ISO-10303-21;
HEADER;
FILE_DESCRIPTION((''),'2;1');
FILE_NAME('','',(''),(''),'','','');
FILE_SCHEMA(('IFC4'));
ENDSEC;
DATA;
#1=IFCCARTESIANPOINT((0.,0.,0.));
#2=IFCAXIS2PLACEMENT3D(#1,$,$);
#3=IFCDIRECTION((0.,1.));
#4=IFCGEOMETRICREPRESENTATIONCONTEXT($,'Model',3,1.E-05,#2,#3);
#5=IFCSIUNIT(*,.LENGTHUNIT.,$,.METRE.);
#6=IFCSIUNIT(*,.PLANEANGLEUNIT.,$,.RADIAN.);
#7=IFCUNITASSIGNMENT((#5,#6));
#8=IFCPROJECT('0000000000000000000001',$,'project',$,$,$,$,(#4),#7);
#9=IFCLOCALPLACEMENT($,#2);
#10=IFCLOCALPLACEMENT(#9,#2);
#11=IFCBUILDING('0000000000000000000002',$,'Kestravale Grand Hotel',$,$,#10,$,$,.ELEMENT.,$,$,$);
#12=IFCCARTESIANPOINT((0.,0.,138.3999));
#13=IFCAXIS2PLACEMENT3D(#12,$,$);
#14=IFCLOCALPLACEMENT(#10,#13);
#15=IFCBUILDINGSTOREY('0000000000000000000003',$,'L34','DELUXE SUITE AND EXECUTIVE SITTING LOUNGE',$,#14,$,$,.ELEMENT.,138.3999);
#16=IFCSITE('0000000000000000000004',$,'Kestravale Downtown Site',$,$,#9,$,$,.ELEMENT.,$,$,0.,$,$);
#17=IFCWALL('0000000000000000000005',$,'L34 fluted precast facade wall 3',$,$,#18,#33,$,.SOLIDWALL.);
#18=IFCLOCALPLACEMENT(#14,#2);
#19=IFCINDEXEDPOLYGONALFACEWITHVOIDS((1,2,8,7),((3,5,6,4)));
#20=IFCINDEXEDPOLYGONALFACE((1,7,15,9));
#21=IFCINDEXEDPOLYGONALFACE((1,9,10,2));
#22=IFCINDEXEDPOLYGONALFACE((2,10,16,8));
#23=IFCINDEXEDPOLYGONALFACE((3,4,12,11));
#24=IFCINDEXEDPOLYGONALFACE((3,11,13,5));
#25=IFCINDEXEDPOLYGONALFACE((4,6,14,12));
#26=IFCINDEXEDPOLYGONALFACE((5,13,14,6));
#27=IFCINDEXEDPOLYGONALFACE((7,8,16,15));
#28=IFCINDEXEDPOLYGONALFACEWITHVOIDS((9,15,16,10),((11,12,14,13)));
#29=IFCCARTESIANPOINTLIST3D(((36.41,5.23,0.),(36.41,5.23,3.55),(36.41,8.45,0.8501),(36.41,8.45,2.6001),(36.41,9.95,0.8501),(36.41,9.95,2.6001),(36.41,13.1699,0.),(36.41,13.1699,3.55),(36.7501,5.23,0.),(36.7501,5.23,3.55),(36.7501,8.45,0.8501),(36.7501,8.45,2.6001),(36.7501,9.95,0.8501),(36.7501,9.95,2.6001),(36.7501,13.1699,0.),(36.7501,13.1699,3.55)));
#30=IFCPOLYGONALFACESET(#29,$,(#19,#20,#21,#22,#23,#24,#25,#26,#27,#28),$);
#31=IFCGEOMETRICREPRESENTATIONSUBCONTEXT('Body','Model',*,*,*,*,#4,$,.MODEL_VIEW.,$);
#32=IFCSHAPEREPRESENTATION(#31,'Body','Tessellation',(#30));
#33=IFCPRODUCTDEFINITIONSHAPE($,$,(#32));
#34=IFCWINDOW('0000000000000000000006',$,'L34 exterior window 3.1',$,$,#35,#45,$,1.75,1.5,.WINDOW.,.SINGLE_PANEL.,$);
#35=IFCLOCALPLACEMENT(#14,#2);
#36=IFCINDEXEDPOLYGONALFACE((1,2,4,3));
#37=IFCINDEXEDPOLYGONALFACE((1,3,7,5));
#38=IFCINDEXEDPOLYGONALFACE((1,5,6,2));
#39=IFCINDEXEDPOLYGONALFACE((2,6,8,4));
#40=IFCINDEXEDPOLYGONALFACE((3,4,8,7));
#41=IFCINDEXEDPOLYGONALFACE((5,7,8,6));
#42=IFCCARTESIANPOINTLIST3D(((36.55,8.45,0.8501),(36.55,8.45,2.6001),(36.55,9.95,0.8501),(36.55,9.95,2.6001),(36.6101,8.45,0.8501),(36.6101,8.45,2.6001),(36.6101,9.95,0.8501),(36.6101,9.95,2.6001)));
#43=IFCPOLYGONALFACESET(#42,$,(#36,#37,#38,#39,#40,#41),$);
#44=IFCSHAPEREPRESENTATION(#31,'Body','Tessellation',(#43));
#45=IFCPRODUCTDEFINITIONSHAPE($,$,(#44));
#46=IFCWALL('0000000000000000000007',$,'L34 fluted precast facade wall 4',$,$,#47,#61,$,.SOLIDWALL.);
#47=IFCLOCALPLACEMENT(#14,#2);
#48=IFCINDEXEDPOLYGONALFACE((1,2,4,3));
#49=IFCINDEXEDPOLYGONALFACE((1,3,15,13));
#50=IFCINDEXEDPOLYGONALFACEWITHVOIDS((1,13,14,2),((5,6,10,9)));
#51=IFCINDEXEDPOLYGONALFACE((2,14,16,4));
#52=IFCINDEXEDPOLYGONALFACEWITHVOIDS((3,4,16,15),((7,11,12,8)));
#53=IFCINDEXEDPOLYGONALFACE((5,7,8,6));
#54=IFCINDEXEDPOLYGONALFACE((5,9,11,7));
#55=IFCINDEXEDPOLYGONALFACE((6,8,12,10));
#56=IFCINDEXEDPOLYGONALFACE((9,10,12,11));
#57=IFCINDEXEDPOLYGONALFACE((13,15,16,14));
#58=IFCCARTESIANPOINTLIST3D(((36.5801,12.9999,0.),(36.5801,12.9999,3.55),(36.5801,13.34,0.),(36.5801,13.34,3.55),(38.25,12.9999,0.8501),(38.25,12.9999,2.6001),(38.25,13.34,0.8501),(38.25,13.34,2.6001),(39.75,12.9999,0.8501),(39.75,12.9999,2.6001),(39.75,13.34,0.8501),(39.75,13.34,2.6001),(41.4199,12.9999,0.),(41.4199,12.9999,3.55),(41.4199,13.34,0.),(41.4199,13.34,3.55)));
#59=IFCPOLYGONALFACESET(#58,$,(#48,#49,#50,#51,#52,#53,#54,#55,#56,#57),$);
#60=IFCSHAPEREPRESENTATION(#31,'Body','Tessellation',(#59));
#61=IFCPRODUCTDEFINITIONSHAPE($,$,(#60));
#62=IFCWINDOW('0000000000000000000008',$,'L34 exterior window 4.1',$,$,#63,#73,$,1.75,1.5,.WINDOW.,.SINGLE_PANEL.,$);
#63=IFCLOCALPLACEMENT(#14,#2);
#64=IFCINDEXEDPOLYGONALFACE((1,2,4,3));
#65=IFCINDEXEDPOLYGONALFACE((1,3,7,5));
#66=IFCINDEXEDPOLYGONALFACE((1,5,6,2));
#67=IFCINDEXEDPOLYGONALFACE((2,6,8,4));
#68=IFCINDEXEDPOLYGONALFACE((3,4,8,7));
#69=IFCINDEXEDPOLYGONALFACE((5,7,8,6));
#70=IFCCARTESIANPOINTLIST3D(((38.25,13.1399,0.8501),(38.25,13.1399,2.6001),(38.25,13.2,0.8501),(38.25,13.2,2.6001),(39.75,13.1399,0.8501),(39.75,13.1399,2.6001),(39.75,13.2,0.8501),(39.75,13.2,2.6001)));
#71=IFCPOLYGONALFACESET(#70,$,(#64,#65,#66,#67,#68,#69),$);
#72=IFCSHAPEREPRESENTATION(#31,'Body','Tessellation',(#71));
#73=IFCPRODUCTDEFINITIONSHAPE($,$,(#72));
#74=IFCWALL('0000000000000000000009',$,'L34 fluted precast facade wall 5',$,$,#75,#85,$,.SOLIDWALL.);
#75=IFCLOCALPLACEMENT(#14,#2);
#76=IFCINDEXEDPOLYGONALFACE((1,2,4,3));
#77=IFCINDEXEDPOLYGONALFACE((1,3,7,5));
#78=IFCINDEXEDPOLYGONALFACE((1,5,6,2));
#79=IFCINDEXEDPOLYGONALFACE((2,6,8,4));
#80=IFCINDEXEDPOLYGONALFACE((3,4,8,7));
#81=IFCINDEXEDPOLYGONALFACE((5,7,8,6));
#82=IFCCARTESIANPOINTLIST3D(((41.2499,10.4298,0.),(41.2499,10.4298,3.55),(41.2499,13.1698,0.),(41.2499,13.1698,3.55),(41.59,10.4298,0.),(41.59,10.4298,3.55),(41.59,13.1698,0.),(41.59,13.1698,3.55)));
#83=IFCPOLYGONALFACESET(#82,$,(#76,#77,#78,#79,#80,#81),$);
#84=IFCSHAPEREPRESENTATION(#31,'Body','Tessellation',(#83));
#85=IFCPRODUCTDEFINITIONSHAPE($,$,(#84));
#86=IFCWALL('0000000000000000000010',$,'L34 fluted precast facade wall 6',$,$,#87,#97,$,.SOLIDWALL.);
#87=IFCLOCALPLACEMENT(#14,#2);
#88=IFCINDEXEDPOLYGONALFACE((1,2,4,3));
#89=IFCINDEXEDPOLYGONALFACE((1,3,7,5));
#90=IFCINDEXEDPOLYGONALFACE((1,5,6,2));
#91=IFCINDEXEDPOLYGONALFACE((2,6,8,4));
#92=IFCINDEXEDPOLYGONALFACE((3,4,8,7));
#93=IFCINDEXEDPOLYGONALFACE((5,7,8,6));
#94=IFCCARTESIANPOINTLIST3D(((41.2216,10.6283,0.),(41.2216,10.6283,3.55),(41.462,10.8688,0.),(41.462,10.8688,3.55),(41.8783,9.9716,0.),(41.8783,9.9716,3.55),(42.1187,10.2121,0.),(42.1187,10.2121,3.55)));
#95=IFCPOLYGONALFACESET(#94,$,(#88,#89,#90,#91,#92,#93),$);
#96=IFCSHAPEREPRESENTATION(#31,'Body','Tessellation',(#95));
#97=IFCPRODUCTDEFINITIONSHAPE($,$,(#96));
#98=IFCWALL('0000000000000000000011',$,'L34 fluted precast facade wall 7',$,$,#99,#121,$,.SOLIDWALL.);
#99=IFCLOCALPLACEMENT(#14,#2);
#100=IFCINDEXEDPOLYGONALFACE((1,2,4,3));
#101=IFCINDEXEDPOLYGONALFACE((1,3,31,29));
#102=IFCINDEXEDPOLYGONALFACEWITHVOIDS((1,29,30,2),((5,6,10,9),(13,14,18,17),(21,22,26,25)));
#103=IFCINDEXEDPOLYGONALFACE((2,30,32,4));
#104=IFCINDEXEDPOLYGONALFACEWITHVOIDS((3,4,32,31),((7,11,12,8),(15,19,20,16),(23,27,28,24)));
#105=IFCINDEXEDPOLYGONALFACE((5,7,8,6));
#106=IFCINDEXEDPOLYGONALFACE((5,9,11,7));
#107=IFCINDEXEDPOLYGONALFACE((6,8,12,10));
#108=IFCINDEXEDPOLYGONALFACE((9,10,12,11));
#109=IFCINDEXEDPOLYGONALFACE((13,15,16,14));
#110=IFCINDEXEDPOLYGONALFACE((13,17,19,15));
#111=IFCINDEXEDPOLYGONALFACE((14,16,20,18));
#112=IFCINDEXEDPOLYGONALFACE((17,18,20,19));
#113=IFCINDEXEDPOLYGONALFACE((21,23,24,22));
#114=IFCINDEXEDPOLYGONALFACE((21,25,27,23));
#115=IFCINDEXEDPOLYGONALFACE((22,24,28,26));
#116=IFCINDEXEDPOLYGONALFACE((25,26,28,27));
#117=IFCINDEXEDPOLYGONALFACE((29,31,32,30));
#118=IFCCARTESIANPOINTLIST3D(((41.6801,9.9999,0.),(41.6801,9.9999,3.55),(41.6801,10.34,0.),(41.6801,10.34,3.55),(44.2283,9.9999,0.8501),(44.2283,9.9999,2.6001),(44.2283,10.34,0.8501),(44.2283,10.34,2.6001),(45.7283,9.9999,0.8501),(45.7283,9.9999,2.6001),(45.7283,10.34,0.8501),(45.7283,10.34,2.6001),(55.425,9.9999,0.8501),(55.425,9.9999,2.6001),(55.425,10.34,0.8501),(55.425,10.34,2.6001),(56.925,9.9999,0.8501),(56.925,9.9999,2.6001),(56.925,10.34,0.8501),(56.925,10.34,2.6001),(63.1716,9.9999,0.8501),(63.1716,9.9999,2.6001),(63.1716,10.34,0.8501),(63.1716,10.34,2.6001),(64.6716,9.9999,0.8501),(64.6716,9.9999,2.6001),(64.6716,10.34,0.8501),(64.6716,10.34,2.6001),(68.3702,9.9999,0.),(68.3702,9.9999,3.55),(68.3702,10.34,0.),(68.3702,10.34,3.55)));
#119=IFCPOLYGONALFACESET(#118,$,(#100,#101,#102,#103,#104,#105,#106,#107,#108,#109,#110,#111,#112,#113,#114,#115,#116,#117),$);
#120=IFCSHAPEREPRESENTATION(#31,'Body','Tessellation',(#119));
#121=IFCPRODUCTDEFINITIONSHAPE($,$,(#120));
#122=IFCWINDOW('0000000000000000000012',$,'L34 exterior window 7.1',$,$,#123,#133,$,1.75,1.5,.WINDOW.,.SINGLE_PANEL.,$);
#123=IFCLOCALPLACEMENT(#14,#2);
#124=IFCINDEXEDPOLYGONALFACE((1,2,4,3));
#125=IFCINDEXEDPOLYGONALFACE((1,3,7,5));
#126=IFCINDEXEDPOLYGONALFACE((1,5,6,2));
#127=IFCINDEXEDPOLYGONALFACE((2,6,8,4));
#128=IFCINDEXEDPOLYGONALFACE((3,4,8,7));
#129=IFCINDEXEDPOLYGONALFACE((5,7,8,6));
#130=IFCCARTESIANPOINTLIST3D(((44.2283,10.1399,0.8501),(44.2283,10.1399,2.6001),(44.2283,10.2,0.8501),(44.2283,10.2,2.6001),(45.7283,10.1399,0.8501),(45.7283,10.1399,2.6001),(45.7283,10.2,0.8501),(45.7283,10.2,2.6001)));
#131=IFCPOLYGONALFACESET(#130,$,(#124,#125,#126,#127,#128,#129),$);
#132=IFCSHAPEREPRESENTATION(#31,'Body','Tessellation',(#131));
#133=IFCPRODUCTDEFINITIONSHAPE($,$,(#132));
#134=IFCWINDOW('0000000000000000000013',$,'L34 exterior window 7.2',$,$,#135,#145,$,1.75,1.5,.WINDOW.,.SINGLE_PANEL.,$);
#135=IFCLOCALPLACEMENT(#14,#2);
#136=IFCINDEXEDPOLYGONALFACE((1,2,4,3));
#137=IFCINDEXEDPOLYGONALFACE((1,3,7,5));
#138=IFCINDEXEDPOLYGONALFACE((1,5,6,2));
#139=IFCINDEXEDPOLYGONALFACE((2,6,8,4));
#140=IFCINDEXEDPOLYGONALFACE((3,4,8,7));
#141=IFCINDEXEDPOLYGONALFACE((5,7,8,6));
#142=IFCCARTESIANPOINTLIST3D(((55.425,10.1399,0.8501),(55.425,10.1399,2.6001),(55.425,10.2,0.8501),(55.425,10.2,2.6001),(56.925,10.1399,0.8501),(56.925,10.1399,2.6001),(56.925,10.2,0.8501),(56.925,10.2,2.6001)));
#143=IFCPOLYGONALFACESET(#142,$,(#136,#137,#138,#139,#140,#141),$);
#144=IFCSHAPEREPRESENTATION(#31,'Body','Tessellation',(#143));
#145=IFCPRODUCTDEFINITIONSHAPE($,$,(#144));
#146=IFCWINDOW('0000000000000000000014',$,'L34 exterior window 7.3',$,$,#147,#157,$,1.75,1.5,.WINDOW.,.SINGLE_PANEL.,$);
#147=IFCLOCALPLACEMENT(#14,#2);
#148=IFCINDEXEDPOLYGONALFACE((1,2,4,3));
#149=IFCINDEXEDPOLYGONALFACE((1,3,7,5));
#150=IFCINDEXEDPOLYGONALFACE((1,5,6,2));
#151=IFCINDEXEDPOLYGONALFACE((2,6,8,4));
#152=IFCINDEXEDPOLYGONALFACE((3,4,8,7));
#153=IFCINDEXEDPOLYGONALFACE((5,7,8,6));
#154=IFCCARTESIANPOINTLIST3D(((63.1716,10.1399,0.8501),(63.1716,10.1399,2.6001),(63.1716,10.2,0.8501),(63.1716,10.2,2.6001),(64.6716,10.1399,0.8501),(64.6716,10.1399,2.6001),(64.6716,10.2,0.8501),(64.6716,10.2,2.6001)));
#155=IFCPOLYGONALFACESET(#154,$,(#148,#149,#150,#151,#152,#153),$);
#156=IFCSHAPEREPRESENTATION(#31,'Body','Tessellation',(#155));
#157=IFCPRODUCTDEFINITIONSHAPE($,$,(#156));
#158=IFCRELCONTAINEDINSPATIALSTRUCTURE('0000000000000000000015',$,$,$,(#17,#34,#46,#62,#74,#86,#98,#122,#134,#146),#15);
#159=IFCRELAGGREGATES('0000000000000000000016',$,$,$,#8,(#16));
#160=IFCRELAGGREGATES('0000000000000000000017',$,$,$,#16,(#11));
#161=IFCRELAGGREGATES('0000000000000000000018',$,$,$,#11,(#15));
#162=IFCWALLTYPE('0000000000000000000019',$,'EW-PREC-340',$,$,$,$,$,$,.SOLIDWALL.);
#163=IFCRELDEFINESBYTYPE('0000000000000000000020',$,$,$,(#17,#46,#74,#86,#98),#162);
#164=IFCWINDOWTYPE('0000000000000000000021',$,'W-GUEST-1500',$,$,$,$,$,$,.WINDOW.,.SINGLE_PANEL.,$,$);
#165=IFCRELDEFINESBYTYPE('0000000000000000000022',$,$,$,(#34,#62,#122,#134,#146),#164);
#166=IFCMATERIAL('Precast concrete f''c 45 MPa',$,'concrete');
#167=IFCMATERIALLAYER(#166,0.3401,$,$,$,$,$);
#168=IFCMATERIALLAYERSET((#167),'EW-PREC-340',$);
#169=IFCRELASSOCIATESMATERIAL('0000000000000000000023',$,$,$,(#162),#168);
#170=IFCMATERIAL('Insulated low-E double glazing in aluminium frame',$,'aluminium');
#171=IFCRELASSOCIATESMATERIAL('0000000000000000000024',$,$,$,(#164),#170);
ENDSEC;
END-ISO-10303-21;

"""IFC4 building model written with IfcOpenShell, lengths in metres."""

from ifc_helpers import new_model, si_unit, direction, frame, frame_2d, origin, place, context, subcontext, project, spatial, rectangle, extrude, material, layer, layer_set, type_object, element, fill, save


model = new_model("IFC4")

# Units and contexts
model_context = context("Model", 3, precision=1e-05, world=origin(), true_north=direction((0.0, 1.0)))
body_context = subcontext(model_context, "Body", "Model", "MODEL_VIEW")
ifc_project = project(units=[si_unit("LENGTHUNIT", "METRE"), si_unit("PLANEANGLEUNIT", "RADIAN")], contexts=[model_context])

# Site, building, storey
site_placement = place(None, origin())
site = spatial("IfcSite", under=ifc_project, at=site_placement, Name="Kestravale Downtown Site", CompositionType="ELEMENT", RefElevation=0.0)
building_placement = place(site_placement, origin())
building = spatial("IfcBuilding", under=site, at=building_placement, Name="Kestravale Grand Hotel", CompositionType="ELEMENT")
storey_placement = place(building_placement, frame((0.0, 0.0, 138.3999)))
storey = spatial("IfcBuildingStorey", under=building, at=storey_placement, Name="L34", Description="DELUXE SUITE AND EXECUTIVE SITTING LOUNGE", CompositionType="ELEMENT", Elevation=138.3999)

# Shared definitions
ifc_material_1 = material(Name="Precast concrete f'c 45 MPa", Category="concrete")
ifc_layer_1 = layer(ifc_material_1, 0.3401)
ifc_layer_set_1 = layer_set([ifc_layer_1], Name="EW-PREC-340")
wall_type_1 = type_object("IfcWallType", Name="EW-PREC-340", PredefinedType="SOLIDWALL", material=ifc_layer_set_1)

# Walls, openings, windows
wall_1_placement = place(storey_placement, frame((36.5801, 5.23, 0.0), z_axis=(0.0, 0.0, 1.0), x_axis=(0.0, 1.0, 0.0)))
wall_1 = element("IfcWall", 1, at=wall_1_placement, inside=storey, type_object=wall_type_1, Name="L34 fluted precast facade wall 3", PredefinedType="SOLIDWALL", context=body_context, shape_type="SweptSolid", body=[
    extrude(rectangle(XDim=7.9399, YDim=0.3401, at=frame_2d((3.97, 0.0))), origin(), (0.0, 0.0, 1.0), 3.55),
])
opening_1_placement = place(wall_1_placement, frame((3.22, 0.0, 0.8501)))
opening_1 = element("IfcOpeningElement", 2, at=opening_1_placement, cuts=wall_1, PredefinedType="OPENING", context=body_context, shape_type="SweptSolid", body=[
    extrude(rectangle(XDim=1.5, YDim=1.75, at=frame_2d((0.75, 0.875))), frame((0.0, 0.1799, 0.0), z_axis=(0.0, -1.0, 0.0), x_axis=(1.0, 0.0, 0.0)), (0.0, 0.0, 1.0), 0.3601),
])
ifc_material_2 = material(Name="Insulated low-E double glazing in aluminium frame", Category="aluminium")
window_type = type_object("IfcWindowType", Name="W-GUEST-1500", PartitioningType="SINGLE_PANEL", PredefinedType="WINDOW", material=ifc_material_2)
window_1_placement = place(opening_1_placement, origin())
window_1 = element("IfcWindow", 3, at=window_1_placement, inside=storey, type_object=window_type, Name="L34 exterior window 3.1", OverallHeight=1.75, OverallWidth=1.5, PartitioningType="SINGLE_PANEL", PredefinedType="WINDOW", context=body_context, shape_type="SweptSolid", body=[
    extrude(rectangle(XDim=1.5, YDim=1.75, at=frame_2d((0.75, 0.875))), frame((0.0, 0.03, 0.0), z_axis=(0.0, -1.0, 0.0), x_axis=(1.0, 0.0, 0.0)), (0.0, 0.0, 1.0), 0.0601),
])
fill(opening_1, window_1)
wall_2_placement = place(storey_placement, frame((36.5801, 13.1699, 0.0), z_axis=(0.0, 0.0, 1.0), x_axis=(1.0, 0.0, 0.0)))
wall_2 = element("IfcWall", 4, at=wall_2_placement, inside=storey, type_object=wall_type_1, Name="L34 fluted precast facade wall 4", PredefinedType="SOLIDWALL", context=body_context, shape_type="SweptSolid", body=[
    extrude(rectangle(XDim=4.8398, YDim=0.3401, at=frame_2d((2.4199, 0.0))), origin(), (0.0, 0.0, 1.0), 3.55),
])
opening_2_placement = place(wall_2_placement, frame((1.6699, 0.0, 0.8501)))
opening_2 = element("IfcOpeningElement", 5, at=opening_2_placement, cuts=wall_2, PredefinedType="OPENING", context=body_context, shape_type="SweptSolid", body=[
    extrude(rectangle(XDim=1.5, YDim=1.75, at=frame_2d((0.75, 0.875))), frame((0.0, 0.1799, 0.0), z_axis=(0.0, -1.0, 0.0), x_axis=(1.0, 0.0, 0.0)), (0.0, 0.0, 1.0), 0.3601),
])
window_2_placement = place(opening_2_placement, origin())
window_2 = element("IfcWindow", 6, at=window_2_placement, inside=storey, type_object=window_type, Name="L34 exterior window 4.1", OverallHeight=1.75, OverallWidth=1.5, PartitioningType="SINGLE_PANEL", PredefinedType="WINDOW", context=body_context, shape_type="SweptSolid", body=[
    extrude(rectangle(XDim=1.5, YDim=1.75, at=frame_2d((0.75, 0.875))), frame((0.0, 0.03, 0.0), z_axis=(0.0, -1.0, 0.0), x_axis=(1.0, 0.0, 0.0)), (0.0, 0.0, 1.0), 0.0601),
])
fill(opening_2, window_2)

# Walls
wall_3_placement = place(storey_placement, frame((41.4199, 13.1699, 0.0), z_axis=(0.0, 0.0, 1.0), x_axis=(0.0, -1.0, 0.0)))
element("IfcWall", 7, at=wall_3_placement, inside=storey, type_object=wall_type_1, Name="L34 fluted precast facade wall 5", PredefinedType="SOLIDWALL", context=body_context, shape_type="SweptSolid", body=[
    extrude(rectangle(XDim=2.74, YDim=0.3401, at=frame_2d((1.3701, 0.0))), origin(), (0.0, 0.0, 1.0), 3.55),
])
wall_4_placement = place(storey_placement, frame((41.3418, 10.7485, 0.0), z_axis=(0.0, 0.0, 1.0), x_axis=(0.707107, -0.707107, 0.0)))
element("IfcWall", 8, at=wall_4_placement, inside=storey, type_object=wall_type_1, Name="L34 fluted precast facade wall 6", PredefinedType="SOLIDWALL", context=body_context, shape_type="SweptSolid", body=[
    extrude(rectangle(XDim=0.9287, YDim=0.3401, at=frame_2d((0.4644, 0.0))), origin(), (0.0, 0.0, 1.0), 3.55),
])

# Wall, openings, windows
wall_5_placement = place(storey_placement, frame((41.6799, 10.1699, 0.0), z_axis=(0.0, 0.0, 1.0), x_axis=(1.0, 0.0, 0.0)))
wall_5 = element("IfcWall", 9, at=wall_5_placement, inside=storey, type_object=wall_type_1, Name="L34 fluted precast facade wall 7", PredefinedType="SOLIDWALL", context=body_context, shape_type="SweptSolid", body=[
    extrude(rectangle(XDim=26.6902, YDim=0.3401, at=frame_2d((13.3452, 0.0))), origin(), (0.0, 0.0, 1.0), 3.55),
])
opening_3_placement = place(wall_5_placement, frame((2.5483, 0.0, 0.8501)))
opening_3 = element("IfcOpeningElement", 10, at=opening_3_placement, cuts=wall_5, PredefinedType="OPENING", context=body_context, shape_type="SweptSolid", body=[
    extrude(rectangle(XDim=1.5, YDim=1.75, at=frame_2d((0.75, 0.875))), frame((0.0, 0.1799, 0.0), z_axis=(0.0, -1.0, 0.0), x_axis=(1.0, 0.0, 0.0)), (0.0, 0.0, 1.0), 0.3601),
])
opening_4_placement = place(wall_5_placement, frame((13.7451, 0.0, 0.8501)))
opening_4 = element("IfcOpeningElement", 11, at=opening_4_placement, cuts=wall_5, PredefinedType="OPENING", context=body_context, shape_type="SweptSolid", body=[
    extrude(rectangle(XDim=1.5, YDim=1.75, at=frame_2d((0.75, 0.875))), frame((0.0, 0.1799, 0.0), z_axis=(0.0, -1.0, 0.0), x_axis=(1.0, 0.0, 0.0)), (0.0, 0.0, 1.0), 0.3601),
])
opening_5_placement = place(wall_5_placement, frame((21.4917, 0.0, 0.8501)))
opening_5 = element("IfcOpeningElement", 12, at=opening_5_placement, cuts=wall_5, PredefinedType="OPENING", context=body_context, shape_type="SweptSolid", body=[
    extrude(rectangle(XDim=1.5, YDim=1.75, at=frame_2d((0.75, 0.875))), frame((0.0, 0.1799, 0.0), z_axis=(0.0, -1.0, 0.0), x_axis=(1.0, 0.0, 0.0)), (0.0, 0.0, 1.0), 0.3601),
])
window_3_placement = place(opening_3_placement, origin())
window_3 = element("IfcWindow", 13, at=window_3_placement, inside=storey, type_object=window_type, Name="L34 exterior window 7.1", OverallHeight=1.75, OverallWidth=1.5, PartitioningType="SINGLE_PANEL", PredefinedType="WINDOW", context=body_context, shape_type="SweptSolid", body=[
    extrude(rectangle(XDim=1.5, YDim=1.75, at=frame_2d((0.75, 0.875))), frame((0.0, 0.03, 0.0), z_axis=(0.0, -1.0, 0.0), x_axis=(1.0, 0.0, 0.0)), (0.0, 0.0, 1.0), 0.0601),
])
fill(opening_3, window_3)
window_4_placement = place(opening_4_placement, origin())
window_4 = element("IfcWindow", 14, at=window_4_placement, inside=storey, type_object=window_type, Name="L34 exterior window 7.2", OverallHeight=1.75, OverallWidth=1.5, PartitioningType="SINGLE_PANEL", PredefinedType="WINDOW", context=body_context, shape_type="SweptSolid", body=[
    extrude(rectangle(XDim=1.5, YDim=1.75, at=frame_2d((0.75, 0.875))), frame((0.0, 0.03, 0.0), z_axis=(0.0, -1.0, 0.0), x_axis=(1.0, 0.0, 0.0)), (0.0, 0.0, 1.0), 0.0601),
])
fill(opening_4, window_4)
window_5_placement = place(opening_5_placement, origin())
window_5 = element("IfcWindow", 15, at=window_5_placement, inside=storey, type_object=window_type, Name="L34 exterior window 7.3", OverallHeight=1.75, OverallWidth=1.5, PartitioningType="SINGLE_PANEL", PredefinedType="WINDOW", context=body_context, shape_type="SweptSolid", body=[
    extrude(rectangle(XDim=1.5, YDim=1.75, at=frame_2d((0.75, 0.875))), frame((0.0, 0.03, 0.0), z_axis=(0.0, -1.0, 0.0), x_axis=(1.0, 0.0, 0.0)), (0.0, 0.0, 1.0), 0.0601),
])
fill(opening_5, window_5)

save(model, "model.ifc")
